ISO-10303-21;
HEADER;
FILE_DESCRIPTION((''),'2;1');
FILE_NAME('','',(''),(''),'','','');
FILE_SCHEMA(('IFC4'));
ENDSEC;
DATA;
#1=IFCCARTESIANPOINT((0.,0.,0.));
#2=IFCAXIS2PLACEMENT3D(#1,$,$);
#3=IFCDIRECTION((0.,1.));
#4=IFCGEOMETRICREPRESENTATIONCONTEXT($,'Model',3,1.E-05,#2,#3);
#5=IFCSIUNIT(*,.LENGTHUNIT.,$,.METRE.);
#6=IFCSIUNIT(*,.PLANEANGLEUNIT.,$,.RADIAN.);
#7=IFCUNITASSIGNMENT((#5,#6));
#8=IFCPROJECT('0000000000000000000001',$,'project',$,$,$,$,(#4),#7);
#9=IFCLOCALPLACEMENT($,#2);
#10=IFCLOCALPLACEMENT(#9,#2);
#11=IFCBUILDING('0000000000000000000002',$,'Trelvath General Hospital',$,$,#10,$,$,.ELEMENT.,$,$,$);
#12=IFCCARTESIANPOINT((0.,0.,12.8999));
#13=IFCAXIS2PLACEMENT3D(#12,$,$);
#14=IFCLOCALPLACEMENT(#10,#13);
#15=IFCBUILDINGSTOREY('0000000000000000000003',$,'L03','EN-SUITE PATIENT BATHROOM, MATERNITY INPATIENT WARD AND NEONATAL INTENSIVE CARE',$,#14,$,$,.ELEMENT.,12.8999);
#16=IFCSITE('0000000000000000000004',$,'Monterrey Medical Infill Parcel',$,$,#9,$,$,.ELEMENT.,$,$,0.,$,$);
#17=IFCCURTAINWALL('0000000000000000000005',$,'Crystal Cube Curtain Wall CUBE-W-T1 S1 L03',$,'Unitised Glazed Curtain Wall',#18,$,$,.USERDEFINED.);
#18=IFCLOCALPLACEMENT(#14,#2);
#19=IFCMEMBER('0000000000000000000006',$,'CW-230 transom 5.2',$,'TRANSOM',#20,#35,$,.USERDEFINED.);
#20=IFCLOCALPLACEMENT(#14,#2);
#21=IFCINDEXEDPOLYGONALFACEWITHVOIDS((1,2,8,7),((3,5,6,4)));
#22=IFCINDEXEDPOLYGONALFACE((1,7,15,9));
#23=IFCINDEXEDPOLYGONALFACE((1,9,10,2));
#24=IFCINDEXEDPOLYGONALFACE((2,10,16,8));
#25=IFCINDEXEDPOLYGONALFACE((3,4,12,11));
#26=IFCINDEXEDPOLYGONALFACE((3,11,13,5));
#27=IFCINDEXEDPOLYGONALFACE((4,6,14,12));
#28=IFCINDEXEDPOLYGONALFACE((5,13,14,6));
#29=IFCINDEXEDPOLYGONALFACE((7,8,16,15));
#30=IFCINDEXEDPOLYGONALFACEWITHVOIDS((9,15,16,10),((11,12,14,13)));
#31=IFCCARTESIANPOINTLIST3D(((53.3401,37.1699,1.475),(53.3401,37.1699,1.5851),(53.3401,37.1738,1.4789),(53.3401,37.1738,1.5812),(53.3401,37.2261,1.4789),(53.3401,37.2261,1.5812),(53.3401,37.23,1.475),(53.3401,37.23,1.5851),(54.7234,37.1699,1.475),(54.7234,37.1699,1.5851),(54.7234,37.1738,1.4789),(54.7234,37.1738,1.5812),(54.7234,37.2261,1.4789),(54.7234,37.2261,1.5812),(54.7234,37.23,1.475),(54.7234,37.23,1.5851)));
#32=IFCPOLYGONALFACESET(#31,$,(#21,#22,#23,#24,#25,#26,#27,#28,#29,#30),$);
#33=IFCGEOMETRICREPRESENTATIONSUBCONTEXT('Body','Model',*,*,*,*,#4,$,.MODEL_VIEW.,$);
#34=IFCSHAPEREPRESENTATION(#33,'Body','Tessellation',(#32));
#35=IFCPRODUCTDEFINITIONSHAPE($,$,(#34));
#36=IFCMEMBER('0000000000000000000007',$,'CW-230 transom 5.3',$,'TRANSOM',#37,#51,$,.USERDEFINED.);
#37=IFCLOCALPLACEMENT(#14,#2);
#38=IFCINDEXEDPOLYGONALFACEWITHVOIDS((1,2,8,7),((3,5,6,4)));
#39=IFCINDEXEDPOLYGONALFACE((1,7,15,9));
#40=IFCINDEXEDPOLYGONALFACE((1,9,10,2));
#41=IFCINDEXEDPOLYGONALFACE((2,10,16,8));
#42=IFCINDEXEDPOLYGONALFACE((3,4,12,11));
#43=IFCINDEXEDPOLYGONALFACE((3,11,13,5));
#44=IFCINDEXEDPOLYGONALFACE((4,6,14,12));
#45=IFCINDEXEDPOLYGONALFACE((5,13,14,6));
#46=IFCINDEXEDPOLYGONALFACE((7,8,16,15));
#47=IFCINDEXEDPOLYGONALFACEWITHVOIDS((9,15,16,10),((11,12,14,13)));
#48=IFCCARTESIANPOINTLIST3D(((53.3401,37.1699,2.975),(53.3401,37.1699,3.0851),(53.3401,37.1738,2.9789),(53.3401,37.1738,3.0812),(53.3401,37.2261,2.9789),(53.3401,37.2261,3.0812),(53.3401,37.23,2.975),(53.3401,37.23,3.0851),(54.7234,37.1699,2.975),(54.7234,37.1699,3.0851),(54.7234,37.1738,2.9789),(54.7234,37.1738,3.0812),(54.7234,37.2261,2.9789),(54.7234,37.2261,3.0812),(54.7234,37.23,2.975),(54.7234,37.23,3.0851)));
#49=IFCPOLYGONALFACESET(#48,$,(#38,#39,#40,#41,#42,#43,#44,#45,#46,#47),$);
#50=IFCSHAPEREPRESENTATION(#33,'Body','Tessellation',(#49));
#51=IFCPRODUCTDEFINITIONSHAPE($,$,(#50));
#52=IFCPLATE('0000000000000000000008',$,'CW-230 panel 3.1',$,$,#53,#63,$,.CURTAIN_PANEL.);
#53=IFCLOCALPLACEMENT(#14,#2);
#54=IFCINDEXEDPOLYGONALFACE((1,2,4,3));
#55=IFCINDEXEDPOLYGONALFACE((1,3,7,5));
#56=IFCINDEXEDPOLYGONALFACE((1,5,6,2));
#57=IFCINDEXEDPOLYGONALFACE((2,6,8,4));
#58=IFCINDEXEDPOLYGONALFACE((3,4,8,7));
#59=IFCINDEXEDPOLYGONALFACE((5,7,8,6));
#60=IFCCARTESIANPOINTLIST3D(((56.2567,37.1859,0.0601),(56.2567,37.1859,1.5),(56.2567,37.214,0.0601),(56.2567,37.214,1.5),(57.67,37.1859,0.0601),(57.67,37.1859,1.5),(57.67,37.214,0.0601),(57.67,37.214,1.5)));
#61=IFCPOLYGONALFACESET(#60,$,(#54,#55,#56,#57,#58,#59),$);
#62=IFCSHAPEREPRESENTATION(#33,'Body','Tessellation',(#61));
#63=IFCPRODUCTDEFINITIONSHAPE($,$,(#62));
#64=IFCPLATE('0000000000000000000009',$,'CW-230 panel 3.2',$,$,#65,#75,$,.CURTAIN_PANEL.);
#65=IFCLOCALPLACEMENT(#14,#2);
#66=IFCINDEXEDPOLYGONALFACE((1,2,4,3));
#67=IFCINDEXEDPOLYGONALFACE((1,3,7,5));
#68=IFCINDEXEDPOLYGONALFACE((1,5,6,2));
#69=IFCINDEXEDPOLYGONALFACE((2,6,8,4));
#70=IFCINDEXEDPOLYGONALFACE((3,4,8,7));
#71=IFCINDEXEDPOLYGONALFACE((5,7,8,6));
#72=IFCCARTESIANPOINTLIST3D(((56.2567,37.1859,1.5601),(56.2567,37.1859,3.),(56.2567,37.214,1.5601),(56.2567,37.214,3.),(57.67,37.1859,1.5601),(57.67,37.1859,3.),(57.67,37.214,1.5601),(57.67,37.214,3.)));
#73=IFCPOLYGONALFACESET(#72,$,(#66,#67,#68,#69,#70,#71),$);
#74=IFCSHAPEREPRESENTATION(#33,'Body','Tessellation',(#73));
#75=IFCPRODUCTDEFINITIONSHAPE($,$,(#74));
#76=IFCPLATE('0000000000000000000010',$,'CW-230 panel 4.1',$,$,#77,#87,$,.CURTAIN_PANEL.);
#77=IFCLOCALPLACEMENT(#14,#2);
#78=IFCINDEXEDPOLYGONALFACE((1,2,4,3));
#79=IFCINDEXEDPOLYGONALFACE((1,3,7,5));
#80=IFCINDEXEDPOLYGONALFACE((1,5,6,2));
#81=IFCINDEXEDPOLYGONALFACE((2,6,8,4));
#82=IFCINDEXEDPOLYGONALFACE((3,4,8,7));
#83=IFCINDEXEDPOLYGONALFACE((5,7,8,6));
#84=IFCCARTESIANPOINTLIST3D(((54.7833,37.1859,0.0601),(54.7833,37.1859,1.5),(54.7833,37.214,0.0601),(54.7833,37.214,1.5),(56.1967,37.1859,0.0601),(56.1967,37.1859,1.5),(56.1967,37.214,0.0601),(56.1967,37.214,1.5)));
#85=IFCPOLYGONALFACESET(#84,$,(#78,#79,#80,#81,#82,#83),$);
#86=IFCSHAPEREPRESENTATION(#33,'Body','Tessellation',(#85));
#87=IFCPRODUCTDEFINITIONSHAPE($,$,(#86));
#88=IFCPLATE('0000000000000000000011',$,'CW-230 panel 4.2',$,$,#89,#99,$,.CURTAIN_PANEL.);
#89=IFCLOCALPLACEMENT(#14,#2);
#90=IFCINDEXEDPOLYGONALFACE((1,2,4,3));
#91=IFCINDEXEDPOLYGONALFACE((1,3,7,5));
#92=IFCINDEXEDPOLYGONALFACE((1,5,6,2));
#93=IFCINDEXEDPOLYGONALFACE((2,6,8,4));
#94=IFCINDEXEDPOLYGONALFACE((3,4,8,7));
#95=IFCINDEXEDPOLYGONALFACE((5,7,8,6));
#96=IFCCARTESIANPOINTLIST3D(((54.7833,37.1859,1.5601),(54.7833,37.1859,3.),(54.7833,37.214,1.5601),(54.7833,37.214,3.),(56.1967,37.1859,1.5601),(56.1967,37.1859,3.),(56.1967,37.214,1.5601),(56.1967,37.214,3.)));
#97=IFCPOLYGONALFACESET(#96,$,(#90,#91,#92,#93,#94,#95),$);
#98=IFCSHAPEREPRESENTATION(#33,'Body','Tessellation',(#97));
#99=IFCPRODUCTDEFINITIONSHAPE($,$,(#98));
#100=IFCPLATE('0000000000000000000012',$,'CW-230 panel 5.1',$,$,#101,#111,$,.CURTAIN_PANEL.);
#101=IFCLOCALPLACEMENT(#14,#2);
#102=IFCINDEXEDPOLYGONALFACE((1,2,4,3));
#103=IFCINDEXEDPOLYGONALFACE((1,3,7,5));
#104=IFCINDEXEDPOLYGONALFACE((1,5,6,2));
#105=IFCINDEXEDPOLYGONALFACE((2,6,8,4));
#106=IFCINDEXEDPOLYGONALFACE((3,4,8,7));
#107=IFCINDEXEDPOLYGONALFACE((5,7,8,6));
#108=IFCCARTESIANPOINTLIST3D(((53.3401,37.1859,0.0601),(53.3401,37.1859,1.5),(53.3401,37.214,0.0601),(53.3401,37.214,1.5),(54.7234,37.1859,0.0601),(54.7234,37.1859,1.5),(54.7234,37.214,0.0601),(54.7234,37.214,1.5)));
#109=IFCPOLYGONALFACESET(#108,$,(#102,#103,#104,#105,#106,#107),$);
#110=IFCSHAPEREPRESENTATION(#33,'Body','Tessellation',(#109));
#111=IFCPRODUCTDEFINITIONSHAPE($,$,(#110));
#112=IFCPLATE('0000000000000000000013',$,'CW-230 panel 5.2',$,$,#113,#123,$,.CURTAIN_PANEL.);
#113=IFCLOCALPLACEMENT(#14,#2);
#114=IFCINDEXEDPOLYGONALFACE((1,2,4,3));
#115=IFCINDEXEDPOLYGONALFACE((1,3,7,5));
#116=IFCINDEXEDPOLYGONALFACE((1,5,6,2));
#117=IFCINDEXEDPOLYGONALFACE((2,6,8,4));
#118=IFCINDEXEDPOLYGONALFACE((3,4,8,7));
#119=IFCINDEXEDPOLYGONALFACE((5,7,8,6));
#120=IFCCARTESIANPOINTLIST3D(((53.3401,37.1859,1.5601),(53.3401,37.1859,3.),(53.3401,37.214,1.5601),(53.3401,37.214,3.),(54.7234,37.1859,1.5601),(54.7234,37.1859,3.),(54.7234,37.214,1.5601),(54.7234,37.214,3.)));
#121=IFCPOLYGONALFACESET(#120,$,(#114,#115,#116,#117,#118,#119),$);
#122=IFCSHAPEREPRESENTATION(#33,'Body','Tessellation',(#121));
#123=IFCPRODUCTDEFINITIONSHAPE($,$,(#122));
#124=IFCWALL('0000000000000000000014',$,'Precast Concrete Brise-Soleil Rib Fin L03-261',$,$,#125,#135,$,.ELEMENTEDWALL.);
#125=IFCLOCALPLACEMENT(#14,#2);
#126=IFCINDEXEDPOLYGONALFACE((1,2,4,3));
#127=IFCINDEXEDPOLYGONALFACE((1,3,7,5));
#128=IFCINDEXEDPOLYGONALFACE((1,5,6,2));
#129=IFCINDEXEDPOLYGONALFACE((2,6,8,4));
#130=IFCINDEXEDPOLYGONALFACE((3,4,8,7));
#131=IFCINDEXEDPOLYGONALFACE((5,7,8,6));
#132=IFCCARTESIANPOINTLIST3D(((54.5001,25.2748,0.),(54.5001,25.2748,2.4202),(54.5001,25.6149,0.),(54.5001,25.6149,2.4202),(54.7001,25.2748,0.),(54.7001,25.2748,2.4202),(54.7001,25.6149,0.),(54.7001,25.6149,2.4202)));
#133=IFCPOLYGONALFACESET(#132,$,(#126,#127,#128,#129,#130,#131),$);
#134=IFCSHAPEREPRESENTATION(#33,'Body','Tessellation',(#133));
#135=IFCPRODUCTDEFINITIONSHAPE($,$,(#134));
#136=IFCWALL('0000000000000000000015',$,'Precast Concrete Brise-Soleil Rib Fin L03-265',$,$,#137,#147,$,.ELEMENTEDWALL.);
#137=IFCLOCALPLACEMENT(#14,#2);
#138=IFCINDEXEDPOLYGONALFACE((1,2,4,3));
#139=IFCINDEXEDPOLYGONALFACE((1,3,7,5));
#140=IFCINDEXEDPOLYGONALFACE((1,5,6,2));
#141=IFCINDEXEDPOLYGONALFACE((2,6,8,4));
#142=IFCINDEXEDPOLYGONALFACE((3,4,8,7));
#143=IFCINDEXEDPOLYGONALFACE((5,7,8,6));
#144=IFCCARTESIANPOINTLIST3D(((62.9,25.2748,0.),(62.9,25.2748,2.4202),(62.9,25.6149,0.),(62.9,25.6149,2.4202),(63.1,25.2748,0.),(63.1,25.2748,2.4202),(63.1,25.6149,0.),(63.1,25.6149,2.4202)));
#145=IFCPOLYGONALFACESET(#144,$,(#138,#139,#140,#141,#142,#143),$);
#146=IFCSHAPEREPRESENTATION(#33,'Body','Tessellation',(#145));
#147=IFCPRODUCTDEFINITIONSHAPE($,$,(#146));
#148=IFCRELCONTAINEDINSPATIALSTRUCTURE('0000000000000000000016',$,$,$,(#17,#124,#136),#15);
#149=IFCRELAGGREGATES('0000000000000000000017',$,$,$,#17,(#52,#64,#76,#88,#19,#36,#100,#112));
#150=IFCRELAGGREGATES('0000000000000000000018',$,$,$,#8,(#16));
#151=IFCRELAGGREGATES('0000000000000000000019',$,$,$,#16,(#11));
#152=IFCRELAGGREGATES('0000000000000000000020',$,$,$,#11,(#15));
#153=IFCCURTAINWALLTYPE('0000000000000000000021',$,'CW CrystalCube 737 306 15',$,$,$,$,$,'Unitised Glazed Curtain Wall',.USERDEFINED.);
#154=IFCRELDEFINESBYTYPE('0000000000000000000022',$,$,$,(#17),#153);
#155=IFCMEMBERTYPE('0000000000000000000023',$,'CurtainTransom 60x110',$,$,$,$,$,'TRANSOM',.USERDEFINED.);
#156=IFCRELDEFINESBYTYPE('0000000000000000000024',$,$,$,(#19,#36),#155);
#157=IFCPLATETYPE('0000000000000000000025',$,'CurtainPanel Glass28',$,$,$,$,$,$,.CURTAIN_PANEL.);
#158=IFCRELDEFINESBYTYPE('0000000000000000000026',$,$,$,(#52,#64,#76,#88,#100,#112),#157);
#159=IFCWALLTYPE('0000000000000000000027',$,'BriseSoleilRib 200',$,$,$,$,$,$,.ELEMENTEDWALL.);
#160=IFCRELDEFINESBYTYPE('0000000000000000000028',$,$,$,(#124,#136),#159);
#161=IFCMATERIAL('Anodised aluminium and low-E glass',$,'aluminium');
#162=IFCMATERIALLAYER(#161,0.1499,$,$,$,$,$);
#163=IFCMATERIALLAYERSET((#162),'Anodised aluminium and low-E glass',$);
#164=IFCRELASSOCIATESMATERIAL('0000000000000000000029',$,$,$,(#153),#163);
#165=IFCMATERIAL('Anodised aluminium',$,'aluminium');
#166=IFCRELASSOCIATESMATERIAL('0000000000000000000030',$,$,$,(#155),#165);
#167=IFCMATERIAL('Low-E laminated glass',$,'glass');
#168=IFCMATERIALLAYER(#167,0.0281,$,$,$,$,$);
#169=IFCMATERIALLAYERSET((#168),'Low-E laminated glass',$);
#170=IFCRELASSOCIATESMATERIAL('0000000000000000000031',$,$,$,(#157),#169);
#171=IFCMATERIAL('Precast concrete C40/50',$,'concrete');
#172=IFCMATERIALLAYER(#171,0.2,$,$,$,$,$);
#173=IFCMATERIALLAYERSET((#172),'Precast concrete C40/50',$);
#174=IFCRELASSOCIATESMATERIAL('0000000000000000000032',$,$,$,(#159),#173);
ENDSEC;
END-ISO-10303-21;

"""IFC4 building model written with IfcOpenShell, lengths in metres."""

from ifc_helpers import new_model, si_unit, direction, frame, frame_2d, origin, origin_2d, place, context, subcontext, project, spatial, rectangle, hollow_rectangle, extrude, material, layer, layer_set, material_profile, profile_set, type_object, element, aggregate, save


model = new_model("IFC4")

# Units and contexts
model_context = context("Model", 3, precision=1e-05, world=origin(), true_north=direction((0.0, 1.0)))
body_context = subcontext(model_context, "Body", "Model", "MODEL_VIEW")
ifc_project = project(units=[si_unit("LENGTHUNIT", "METRE"), si_unit("PLANEANGLEUNIT", "RADIAN")], contexts=[model_context])

# Site, building, storey
site_placement = place(None, origin())
site = spatial("IfcSite", under=ifc_project, at=site_placement, Name="Monterrey Medical Infill Parcel", CompositionType="ELEMENT", RefElevation=0.0)
building_placement = place(site_placement, origin())
building = spatial("IfcBuilding", under=site, at=building_placement, Name="Trelvath General Hospital", CompositionType="ELEMENT")
storey_placement = place(building_placement, frame((0.0, 0.0, 12.8999)))
storey = spatial("IfcBuildingStorey", under=building, at=storey_placement, Name="L03", Description="EN-SUITE PATIENT BATHROOM, MATERNITY INPATIENT WARD AND NEONATAL INTENSIVE CARE", CompositionType="ELEMENT", Elevation=12.8999)

# Curtain wall, members, plates
ifc_material_1 = material(Name="Anodised aluminium and low-E glass", Category="aluminium")
ifc_layer_1 = layer(ifc_material_1, 0.1499)
ifc_layer_set_1 = layer_set([ifc_layer_1], Name="Anodised aluminium and low-E glass")
curtain_wall_type = type_object("IfcCurtainWallType", Name="CW CrystalCube 737 306 15", ElementType="Unitised Glazed Curtain Wall", PredefinedType="USERDEFINED", material=ifc_layer_set_1)
curtain_wall_placement = place(storey_placement, origin())
curtain_wall = element("IfcCurtainWall", 1, at=curtain_wall_placement, inside=storey, type_object=curtain_wall_type, Name="Crystal Cube Curtain Wall CUBE-W-T1 S1 L03", ObjectType="Unitised Glazed Curtain Wall", PredefinedType="USERDEFINED")
ifc_material_2 = material(Name="Anodised aluminium", Category="aluminium")
ifc_material_profile_1 = material_profile(ifc_material_2, hollow_rectangle(XDim=0.0601, YDim=0.1101, WallThickness=0.0039, at=origin_2d()), Name="RHS60x110x4")
ifc_profile_set_1 = profile_set([ifc_material_profile_1], Name="Anodised aluminium")
member_type_1 = type_object("IfcMemberType", Name="CurtainTransom 60x110", ElementType="TRANSOM", PredefinedType="USERDEFINED", material=ifc_profile_set_1)
member_1_placement = place(storey_placement, frame((54.7234, 37.2, 1.53), z_axis=(-1.0, 0.0, 0.0), x_axis=(0.0, -1.0, 0.0)))
member_1 = element("IfcMember", 2, at=member_1_placement, type_object=member_type_1, Name="CW-230 transom 5.2", ObjectType="TRANSOM", PredefinedType="USERDEFINED", context=body_context, shape_type="SweptSolid", body=[
    extrude(hollow_rectangle(XDim=0.0601, YDim=0.1101, WallThickness=0.0039, at=origin_2d()), origin(), (0.0, 0.0, 1.0), 1.3833),
])
member_2_placement = place(storey_placement, frame((54.7234, 37.2, 3.03), z_axis=(-1.0, 0.0, 0.0), x_axis=(0.0, -1.0, 0.0)))
member_2 = element("IfcMember", 3, at=member_2_placement, type_object=member_type_1, Name="CW-230 transom 5.3", ObjectType="TRANSOM", PredefinedType="USERDEFINED", context=body_context, shape_type="SweptSolid", body=[
    extrude(hollow_rectangle(XDim=0.0601, YDim=0.1101, WallThickness=0.0039, at=origin_2d()), origin(), (0.0, 0.0, 1.0), 1.3833),
])
ifc_material_3 = material(Name="Low-E laminated glass", Category="glass")
ifc_layer_2 = layer(ifc_material_3, 0.0281)
ifc_layer_set_2 = layer_set([ifc_layer_2], Name="Low-E laminated glass")
plate_type = type_object("IfcPlateType", Name="CurtainPanel Glass28", PredefinedType="CURTAIN_PANEL", material=ifc_layer_set_2)
plate_1_placement = place(storey_placement, frame((56.9634, 37.2, 0.0601), z_axis=(0.0, 0.0, 1.0), x_axis=(-1.0, 0.0, 0.0)))
plate_1 = element("IfcPlate", 4, at=plate_1_placement, type_object=plate_type, Name="CW-230 panel 3.1", PredefinedType="CURTAIN_PANEL", context=body_context, shape_type="SweptSolid", body=[
    extrude(rectangle(XDim=1.4133, YDim=0.0281, at=origin_2d()), origin(), (0.0, 0.0, 1.0), 1.4399),
])
plate_2_placement = place(storey_placement, frame((56.9634, 37.2, 1.5601), z_axis=(0.0, 0.0, 1.0), x_axis=(-1.0, 0.0, 0.0)))
plate_2 = element("IfcPlate", 5, at=plate_2_placement, type_object=plate_type, Name="CW-230 panel 3.2", PredefinedType="CURTAIN_PANEL", context=body_context, shape_type="SweptSolid", body=[
    extrude(rectangle(XDim=1.4133, YDim=0.0281, at=origin_2d()), origin(), (0.0, 0.0, 1.0), 1.4399),
])
plate_3_placement = place(storey_placement, frame((55.49, 37.2, 0.0601), z_axis=(0.0, 0.0, 1.0), x_axis=(-1.0, 0.0, 0.0)))
plate_3 = element("IfcPlate", 6, at=plate_3_placement, type_object=plate_type, Name="CW-230 panel 4.1", PredefinedType="CURTAIN_PANEL", context=body_context, shape_type="SweptSolid", body=[
    extrude(rectangle(XDim=1.4133, YDim=0.0281, at=origin_2d()), origin(), (0.0, 0.0, 1.0), 1.4399),
])
plate_4_placement = place(storey_placement, frame((55.49, 37.2, 1.5601), z_axis=(0.0, 0.0, 1.0), x_axis=(-1.0, 0.0, 0.0)))
plate_4 = element("IfcPlate", 7, at=plate_4_placement, type_object=plate_type, Name="CW-230 panel 4.2", PredefinedType="CURTAIN_PANEL", context=body_context, shape_type="SweptSolid", body=[
    extrude(rectangle(XDim=1.4133, YDim=0.0281, at=origin_2d()), origin(), (0.0, 0.0, 1.0), 1.4399),
])
plate_5_placement = place(storey_placement, frame((54.0317, 37.2, 0.0601), z_axis=(0.0, 0.0, 1.0), x_axis=(-1.0, 0.0, 0.0)))
plate_5 = element("IfcPlate", 8, at=plate_5_placement, type_object=plate_type, Name="CW-230 panel 5.1", PredefinedType="CURTAIN_PANEL", context=body_context, shape_type="SweptSolid", body=[
    extrude(rectangle(XDim=1.3833, YDim=0.0281, at=origin_2d()), origin(), (0.0, 0.0, 1.0), 1.4399),
])
plate_6_placement = place(storey_placement, frame((54.0317, 37.2, 1.5601), z_axis=(0.0, 0.0, 1.0), x_axis=(-1.0, 0.0, 0.0)))
plate_6 = element("IfcPlate", 9, at=plate_6_placement, type_object=plate_type, Name="CW-230 panel 5.2", PredefinedType="CURTAIN_PANEL", context=body_context, shape_type="SweptSolid", body=[
    extrude(rectangle(XDim=1.3833, YDim=0.0281, at=origin_2d()), origin(), (0.0, 0.0, 1.0), 1.4399),
])
aggregate(curtain_wall, [plate_1, plate_2, plate_3, plate_4, member_1, member_2, plate_5, plate_6])

# Walls
ifc_material_4 = material(Name="Precast concrete C40/50", Category="concrete")
ifc_layer_3 = layer(ifc_material_4, 0.2)
ifc_layer_set_3 = layer_set([ifc_layer_3], Name="Precast concrete C40/50")
wall_type_1 = type_object("IfcWallType", Name="BriseSoleilRib 200", PredefinedType="ELEMENTEDWALL", material=ifc_layer_set_3)
for number, where, z_axis, x_axis, name in (
    (10, (54.6001, 25.2749, 0.0), (0.0, 0.0, 1.0), (0.0, 1.0, 0.0), "Precast Concrete Brise-Soleil Rib Fin L03-261"),
    (11, (63.0, 25.2749, 0.0), (0.0, 0.0, 1.0), (0.0, 1.0, 0.0), "Precast Concrete Brise-Soleil Rib Fin L03-265"),
):
    element("IfcWall", number, at=place(storey_placement, frame(where, z_axis=z_axis, x_axis=x_axis)), inside=storey, type_object=wall_type_1, Name=name, PredefinedType="ELEMENTEDWALL", context=body_context, shape_type="SweptSolid", body=[
        extrude(rectangle(XDim=0.3401, YDim=0.2, at=frame_2d((0.1699, 0.0))), origin(), (0.0, 0.0, 1.0), 2.4202),
    ])

save(model, "model.ifc")
